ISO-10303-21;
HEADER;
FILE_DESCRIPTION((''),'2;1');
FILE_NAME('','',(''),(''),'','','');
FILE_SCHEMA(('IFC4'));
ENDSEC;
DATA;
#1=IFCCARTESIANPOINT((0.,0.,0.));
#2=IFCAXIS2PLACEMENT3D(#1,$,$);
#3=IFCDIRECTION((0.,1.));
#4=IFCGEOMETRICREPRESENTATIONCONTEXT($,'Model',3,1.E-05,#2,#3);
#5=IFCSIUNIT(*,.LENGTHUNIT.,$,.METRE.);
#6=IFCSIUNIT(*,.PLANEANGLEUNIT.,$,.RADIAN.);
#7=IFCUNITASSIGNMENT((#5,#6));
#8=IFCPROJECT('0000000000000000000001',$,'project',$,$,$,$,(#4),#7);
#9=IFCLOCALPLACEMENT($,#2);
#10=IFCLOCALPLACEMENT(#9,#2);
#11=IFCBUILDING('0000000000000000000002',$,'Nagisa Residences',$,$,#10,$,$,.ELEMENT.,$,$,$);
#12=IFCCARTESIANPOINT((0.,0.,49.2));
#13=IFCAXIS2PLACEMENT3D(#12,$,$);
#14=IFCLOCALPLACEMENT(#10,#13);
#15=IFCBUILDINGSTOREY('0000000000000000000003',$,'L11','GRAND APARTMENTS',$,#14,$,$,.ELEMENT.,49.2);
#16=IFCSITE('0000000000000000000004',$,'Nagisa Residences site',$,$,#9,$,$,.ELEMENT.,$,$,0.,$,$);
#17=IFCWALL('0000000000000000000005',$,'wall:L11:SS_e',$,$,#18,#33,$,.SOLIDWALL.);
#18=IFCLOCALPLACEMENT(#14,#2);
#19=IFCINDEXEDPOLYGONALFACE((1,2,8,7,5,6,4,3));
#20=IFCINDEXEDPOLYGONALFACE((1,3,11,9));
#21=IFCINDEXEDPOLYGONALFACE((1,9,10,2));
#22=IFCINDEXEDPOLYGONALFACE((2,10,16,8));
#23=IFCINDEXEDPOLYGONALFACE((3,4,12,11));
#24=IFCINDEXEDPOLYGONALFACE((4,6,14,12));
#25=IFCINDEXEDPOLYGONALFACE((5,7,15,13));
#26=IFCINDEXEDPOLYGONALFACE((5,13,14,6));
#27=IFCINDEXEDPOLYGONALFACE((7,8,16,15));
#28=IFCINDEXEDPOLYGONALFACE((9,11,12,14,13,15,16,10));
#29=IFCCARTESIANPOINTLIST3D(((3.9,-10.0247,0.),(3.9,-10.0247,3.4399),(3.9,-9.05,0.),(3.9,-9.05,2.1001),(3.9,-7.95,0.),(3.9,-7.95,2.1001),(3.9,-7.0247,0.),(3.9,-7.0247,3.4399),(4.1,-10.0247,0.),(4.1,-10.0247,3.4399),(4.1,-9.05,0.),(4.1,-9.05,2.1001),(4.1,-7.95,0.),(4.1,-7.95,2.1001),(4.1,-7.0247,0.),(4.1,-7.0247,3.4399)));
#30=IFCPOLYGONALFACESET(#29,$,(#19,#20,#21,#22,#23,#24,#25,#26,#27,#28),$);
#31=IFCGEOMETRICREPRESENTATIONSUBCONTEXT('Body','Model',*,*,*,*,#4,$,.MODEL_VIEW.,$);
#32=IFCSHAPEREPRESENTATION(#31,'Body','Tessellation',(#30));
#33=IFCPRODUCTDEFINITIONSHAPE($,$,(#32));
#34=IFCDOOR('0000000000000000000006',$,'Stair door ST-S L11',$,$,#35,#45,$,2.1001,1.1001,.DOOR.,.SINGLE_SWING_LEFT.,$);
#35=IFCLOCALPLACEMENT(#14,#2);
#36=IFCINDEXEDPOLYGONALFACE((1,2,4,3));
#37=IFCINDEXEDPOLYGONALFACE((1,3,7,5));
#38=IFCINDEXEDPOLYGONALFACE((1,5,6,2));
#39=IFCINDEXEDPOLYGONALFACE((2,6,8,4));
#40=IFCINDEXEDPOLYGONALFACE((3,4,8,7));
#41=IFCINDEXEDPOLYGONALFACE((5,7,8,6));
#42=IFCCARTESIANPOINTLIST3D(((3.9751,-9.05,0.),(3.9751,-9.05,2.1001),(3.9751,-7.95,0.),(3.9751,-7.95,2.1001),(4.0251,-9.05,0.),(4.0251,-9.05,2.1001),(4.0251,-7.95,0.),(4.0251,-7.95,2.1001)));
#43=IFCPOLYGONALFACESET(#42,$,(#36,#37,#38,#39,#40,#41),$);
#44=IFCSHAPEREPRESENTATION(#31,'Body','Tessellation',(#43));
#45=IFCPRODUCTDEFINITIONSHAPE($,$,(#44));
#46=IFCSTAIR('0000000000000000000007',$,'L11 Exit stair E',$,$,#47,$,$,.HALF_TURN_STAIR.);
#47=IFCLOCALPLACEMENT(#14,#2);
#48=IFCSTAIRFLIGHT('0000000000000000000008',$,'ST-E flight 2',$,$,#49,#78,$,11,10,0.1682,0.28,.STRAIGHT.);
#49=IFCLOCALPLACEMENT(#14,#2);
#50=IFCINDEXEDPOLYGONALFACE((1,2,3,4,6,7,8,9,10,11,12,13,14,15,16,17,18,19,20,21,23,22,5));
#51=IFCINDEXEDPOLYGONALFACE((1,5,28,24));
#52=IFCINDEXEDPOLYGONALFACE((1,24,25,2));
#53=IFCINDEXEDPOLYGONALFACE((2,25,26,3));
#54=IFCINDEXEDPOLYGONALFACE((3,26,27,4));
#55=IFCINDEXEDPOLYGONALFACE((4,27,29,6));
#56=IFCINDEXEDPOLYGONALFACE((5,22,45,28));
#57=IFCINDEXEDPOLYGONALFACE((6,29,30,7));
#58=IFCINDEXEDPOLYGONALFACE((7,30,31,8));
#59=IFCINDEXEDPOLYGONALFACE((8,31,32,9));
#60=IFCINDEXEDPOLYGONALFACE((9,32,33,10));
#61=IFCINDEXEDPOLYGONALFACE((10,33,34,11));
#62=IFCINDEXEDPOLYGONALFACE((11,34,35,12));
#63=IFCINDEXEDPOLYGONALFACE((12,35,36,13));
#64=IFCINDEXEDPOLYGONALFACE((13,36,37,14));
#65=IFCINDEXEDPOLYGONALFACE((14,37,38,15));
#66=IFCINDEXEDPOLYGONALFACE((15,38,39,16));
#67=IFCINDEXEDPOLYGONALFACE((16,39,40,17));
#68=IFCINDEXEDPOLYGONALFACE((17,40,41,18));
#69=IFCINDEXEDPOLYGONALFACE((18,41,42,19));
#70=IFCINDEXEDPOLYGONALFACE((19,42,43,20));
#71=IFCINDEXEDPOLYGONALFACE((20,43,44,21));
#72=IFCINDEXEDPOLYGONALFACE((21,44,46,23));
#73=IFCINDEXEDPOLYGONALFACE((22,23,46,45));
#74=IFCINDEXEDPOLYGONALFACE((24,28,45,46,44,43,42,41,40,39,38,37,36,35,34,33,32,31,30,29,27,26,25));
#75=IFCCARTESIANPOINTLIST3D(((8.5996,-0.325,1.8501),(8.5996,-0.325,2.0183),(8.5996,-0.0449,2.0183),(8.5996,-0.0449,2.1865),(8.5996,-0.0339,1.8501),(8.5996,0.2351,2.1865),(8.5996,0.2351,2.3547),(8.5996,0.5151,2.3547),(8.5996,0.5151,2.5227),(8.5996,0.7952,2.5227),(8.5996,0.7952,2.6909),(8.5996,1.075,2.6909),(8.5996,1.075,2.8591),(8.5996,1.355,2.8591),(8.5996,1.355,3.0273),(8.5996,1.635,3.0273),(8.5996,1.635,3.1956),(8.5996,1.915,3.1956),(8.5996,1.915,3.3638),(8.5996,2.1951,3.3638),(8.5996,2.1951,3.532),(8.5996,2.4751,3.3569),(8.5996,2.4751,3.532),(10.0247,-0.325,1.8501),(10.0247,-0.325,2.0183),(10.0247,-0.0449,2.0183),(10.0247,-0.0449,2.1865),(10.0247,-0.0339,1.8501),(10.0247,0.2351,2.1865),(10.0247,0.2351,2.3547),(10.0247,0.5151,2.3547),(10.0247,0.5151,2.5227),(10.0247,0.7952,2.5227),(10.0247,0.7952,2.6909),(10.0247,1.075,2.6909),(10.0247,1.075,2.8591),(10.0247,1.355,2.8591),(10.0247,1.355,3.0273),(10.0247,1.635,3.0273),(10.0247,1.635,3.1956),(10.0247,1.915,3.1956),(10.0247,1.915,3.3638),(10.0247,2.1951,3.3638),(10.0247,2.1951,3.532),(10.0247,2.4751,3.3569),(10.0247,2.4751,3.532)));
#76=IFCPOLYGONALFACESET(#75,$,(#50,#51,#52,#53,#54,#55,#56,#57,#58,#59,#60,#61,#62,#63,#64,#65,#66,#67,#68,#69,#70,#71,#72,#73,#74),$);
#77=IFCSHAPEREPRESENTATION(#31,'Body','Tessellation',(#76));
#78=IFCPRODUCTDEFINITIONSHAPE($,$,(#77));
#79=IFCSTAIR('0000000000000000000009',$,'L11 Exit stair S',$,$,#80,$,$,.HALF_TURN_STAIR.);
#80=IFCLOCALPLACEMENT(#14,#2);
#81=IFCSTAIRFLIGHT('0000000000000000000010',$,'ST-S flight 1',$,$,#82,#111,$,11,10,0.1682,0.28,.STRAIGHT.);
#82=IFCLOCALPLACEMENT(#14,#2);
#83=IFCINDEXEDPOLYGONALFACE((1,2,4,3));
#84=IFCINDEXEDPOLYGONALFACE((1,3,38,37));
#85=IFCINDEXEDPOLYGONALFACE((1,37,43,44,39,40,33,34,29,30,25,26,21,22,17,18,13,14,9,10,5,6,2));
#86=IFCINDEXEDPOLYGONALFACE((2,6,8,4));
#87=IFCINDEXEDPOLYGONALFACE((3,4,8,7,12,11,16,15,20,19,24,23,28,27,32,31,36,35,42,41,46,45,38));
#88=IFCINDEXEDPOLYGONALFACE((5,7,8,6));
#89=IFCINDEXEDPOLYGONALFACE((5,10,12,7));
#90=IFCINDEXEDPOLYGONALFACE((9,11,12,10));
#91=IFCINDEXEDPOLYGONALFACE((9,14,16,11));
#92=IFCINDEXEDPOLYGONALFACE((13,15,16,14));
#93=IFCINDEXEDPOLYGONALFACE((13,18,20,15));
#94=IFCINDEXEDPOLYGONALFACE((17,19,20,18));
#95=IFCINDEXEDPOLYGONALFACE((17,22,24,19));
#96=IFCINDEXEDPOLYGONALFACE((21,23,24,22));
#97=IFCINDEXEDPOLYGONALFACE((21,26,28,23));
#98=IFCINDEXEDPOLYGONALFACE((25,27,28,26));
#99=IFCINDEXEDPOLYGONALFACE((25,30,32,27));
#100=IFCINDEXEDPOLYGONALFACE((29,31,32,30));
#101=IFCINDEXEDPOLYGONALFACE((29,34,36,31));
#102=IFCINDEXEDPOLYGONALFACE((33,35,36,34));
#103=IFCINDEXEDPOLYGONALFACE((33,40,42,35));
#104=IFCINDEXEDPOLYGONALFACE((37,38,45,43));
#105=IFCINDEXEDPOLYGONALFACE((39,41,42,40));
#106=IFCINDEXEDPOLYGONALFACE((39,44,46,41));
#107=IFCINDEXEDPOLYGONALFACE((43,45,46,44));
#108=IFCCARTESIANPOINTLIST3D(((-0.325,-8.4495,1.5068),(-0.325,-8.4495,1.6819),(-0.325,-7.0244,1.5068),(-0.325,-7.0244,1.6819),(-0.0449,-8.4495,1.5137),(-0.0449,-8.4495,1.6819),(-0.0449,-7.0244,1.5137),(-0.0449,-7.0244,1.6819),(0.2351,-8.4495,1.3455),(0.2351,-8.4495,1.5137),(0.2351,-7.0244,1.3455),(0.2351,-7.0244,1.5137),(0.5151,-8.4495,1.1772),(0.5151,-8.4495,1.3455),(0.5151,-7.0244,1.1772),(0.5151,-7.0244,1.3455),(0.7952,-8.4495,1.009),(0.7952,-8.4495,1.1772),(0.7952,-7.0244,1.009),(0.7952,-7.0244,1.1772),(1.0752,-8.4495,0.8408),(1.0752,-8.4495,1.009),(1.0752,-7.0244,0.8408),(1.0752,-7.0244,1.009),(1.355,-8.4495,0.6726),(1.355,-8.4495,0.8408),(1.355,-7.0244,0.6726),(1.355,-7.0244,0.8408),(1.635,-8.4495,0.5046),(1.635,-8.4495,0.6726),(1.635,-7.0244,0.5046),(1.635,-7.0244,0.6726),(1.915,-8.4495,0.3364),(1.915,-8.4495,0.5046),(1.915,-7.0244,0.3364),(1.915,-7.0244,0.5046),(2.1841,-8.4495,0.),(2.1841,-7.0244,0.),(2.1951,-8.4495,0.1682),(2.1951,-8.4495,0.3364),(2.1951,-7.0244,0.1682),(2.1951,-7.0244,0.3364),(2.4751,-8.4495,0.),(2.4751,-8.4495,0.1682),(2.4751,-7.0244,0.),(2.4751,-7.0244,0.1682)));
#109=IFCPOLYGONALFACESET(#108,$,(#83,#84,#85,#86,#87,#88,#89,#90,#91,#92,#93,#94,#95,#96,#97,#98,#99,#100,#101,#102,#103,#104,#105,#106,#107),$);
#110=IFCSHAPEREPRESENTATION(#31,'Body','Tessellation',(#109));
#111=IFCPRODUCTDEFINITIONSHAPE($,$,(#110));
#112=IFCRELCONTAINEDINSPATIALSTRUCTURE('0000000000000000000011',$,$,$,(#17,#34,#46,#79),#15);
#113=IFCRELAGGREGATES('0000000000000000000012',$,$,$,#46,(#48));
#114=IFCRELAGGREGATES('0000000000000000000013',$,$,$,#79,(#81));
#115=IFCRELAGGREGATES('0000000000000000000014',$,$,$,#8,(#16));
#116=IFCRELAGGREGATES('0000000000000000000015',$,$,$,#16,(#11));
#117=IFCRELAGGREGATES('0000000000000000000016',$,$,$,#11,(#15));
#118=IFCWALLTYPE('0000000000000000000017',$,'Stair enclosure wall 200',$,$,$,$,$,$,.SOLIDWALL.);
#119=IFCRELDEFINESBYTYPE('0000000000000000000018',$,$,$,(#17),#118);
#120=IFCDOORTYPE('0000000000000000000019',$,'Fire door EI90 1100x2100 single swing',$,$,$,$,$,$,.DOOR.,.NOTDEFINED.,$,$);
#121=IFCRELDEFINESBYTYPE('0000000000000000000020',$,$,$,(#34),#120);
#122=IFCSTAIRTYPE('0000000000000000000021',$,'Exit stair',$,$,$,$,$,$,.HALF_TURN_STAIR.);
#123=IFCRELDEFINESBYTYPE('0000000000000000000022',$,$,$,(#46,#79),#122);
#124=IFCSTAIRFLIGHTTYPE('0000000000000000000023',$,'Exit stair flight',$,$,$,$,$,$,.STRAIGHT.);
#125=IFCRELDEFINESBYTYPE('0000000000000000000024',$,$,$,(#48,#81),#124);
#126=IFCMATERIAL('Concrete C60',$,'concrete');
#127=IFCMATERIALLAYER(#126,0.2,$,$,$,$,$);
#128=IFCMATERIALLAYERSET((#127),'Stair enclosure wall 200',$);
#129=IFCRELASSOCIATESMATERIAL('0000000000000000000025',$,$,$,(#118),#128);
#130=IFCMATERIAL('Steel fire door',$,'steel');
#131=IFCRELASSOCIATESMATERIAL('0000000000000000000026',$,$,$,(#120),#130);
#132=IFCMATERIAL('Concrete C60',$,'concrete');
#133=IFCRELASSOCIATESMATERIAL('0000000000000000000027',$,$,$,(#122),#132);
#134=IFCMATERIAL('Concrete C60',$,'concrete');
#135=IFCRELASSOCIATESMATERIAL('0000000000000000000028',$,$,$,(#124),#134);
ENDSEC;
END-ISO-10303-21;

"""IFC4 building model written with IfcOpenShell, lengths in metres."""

from ifc_helpers import new_model, si_unit, direction, frame, frame_2d, origin, place, context, subcontext, project, spatial, polyline, rectangle, outline, extrude, material, layer, layer_set, type_object, element, fill, aggregate, save


model = new_model("IFC4")

# Units and contexts
model_context = context("Model", 3, precision=1e-05, world=origin(), true_north=direction((0.0, 1.0)))
body_context = subcontext(model_context, "Body", "Model", "MODEL_VIEW")
ifc_project = project(units=[si_unit("LENGTHUNIT", "METRE"), si_unit("PLANEANGLEUNIT", "RADIAN")], contexts=[model_context])

# Site, building, storey
site_placement = place(None, origin())
site = spatial("IfcSite", under=ifc_project, at=site_placement, Name="Nagisa Residences site", CompositionType="ELEMENT", RefElevation=0.0)
building_placement = place(site_placement, origin())
building = spatial("IfcBuilding", under=site, at=building_placement, Name="Nagisa Residences", CompositionType="ELEMENT")
storey_placement = place(building_placement, frame((0.0, 0.0, 49.2)))
storey = spatial("IfcBuildingStorey", under=building, at=storey_placement, Name="L11", Description="GRAND APARTMENTS", CompositionType="ELEMENT", Elevation=49.2)

# Wall, opening, door
ifc_material_1 = material(Name="Concrete C60", Category="concrete")
ifc_layer_1 = layer(ifc_material_1, 0.2)
ifc_layer_set_1 = layer_set([ifc_layer_1], Name="Stair enclosure wall 200")
wall_type_1 = type_object("IfcWallType", Name="Stair enclosure wall 200", PredefinedType="SOLIDWALL", material=ifc_layer_set_1)
wall_1_placement = place(storey_placement, frame((4.0, -10.0247, 0.0), z_axis=(0.0, 0.0, 1.0), x_axis=(0.0, 1.0, 0.0)))
wall_1 = element("IfcWall", 1, at=wall_1_placement, inside=storey, type_object=wall_type_1, Name="wall:L11:SS_e", PredefinedType="SOLIDWALL", context=body_context, shape_type="SweptSolid", body=[
    extrude(rectangle(XDim=3.0, YDim=0.2, at=frame_2d((1.5, 0.0))), origin(), (0.0, 0.0, 1.0), 3.4399),
])
opening_1_placement = place(wall_1_placement, frame((0.9746, 0.0, 0.0)))
opening_1 = element("IfcOpeningElement", 2, at=opening_1_placement, cuts=wall_1, PredefinedType="OPENING", context=body_context, shape_type="SweptSolid", body=[
    extrude(rectangle(XDim=1.1001, YDim=2.1001, at=frame_2d((0.55, 1.05))), frame((0.0, 0.1099, 0.0), z_axis=(0.0, -1.0, 0.0), x_axis=(1.0, 0.0, 0.0)), (0.0, 0.0, 1.0), 0.22),
])
ifc_material_2 = material(Name="Steel fire door", Category="steel")
door_type_1 = type_object("IfcDoorType", Name="Fire door EI90 1100x2100 single swing", OperationType="NOTDEFINED", PredefinedType="DOOR", material=ifc_material_2)
door_1_placement = place(opening_1_placement, origin())
door_1 = element("IfcDoor", 3, at=door_1_placement, inside=storey, type_object=door_type_1, Name="Stair door ST-S L11", OperationType="SINGLE_SWING_LEFT", OverallHeight=2.1001, OverallWidth=1.1001, PredefinedType="DOOR", context=body_context, shape_type="SweptSolid", body=[
    extrude(rectangle(XDim=1.1001, YDim=2.1001, at=frame_2d((0.55, 1.05))), frame((0.0, 0.0249, 0.0), z_axis=(0.0, -1.0, 0.0), x_axis=(1.0, 0.0, 0.0)), (0.0, 0.0, 1.0), 0.05),
])
fill(opening_1, door_1)

# Stairs, stair flights
ifc_material_3 = material(Name="Concrete C60", Category="concrete")
stair_type = type_object("IfcStairType", Name="Exit stair", PredefinedType="HALF_TURN_STAIR", material=ifc_material_3)
stair_1_placement = place(storey_placement, origin())
stair_1 = element("IfcStair", 4, at=stair_1_placement, inside=storey, type_object=stair_type, Name="L11 Exit stair E", PredefinedType="HALF_TURN_STAIR")
ifc_material_4 = material(Name="Concrete C60", Category="concrete")
stair_flight_type = type_object("IfcStairFlightType", Name="Exit stair flight", PredefinedType="STRAIGHT", material=ifc_material_4)
stair_flight_1_placement = place(storey_placement, frame((9.312, -0.325, 1.8501), z_axis=(0.0, 0.0, 1.0), x_axis=(0.0, 1.0, 0.0)))
stair_flight_1 = element("IfcStairFlight", 5, at=stair_flight_1_placement, type_object=stair_flight_type, Name="ST-E flight 2", NumberOfRisers=11, NumberOfTreads=10, PredefinedType="STRAIGHT", RiserHeight=0.1682, TreadLength=0.28, context=body_context, shape_type="SweptSolid", body=[
    extrude(outline(polyline([(0.0, 0.0), (0.0, 0.1682), (0.28, 0.1682), (0.28, 0.3364), (0.5601, 0.3364), (0.5601, 0.5046), (0.8401, 0.5046), (0.8401, 0.6726), (1.1201, 0.6726), (1.1201, 0.8408), (1.3999, 0.8408), (1.3999, 1.009), (1.6799, 1.009), (1.6799, 1.1772), (1.96, 1.1772), (1.96, 1.3455), (2.24, 1.3455), (2.24, 1.5137), (2.52, 1.5137), (2.52, 1.6819), (2.8, 1.6819), (2.8, 1.8501), (2.8, 1.5068), (0.291, 0.0), (0.0, 0.0)])), frame((0.0, 0.7124, 0.0), z_axis=(0.0, -1.0, 0.0), x_axis=(1.0, 0.0, 0.0)), (0.0, 0.0, 1.0), 1.425),
])
aggregate(stair_1, [stair_flight_1])
stair_2_placement = place(storey_placement, origin())
stair_2 = element("IfcStair", 6, at=stair_2_placement, inside=storey, type_object=stair_type, Name="L11 Exit stair S", PredefinedType="HALF_TURN_STAIR")
stair_flight_2_placement = place(storey_placement, frame((2.4751, -7.7371, 0.0), z_axis=(0.0, 0.0, 1.0), x_axis=(-1.0, 0.0, 0.0)))
stair_flight_2 = element("IfcStairFlight", 7, at=stair_flight_2_placement, type_object=stair_flight_type, Name="ST-S flight 1", NumberOfRisers=11, NumberOfTreads=10, PredefinedType="STRAIGHT", RiserHeight=0.1682, TreadLength=0.28, context=body_context, shape_type="SweptSolid", body=[
    extrude(outline(polyline([(0.0, 0.0), (0.0, 0.1682), (0.28, 0.1682), (0.28, 0.3364), (0.5601, 0.3364), (0.5601, 0.5046), (0.8401, 0.5046), (0.8401, 0.6726), (1.1201, 0.6726), (1.1201, 0.8408), (1.3999, 0.8408), (1.3999, 1.009), (1.6799, 1.009), (1.6799, 1.1772), (1.96, 1.1772), (1.96, 1.3455), (2.24, 1.3455), (2.24, 1.5137), (2.52, 1.5137), (2.52, 1.6819), (2.8, 1.6819), (2.8, 1.8501), (2.8, 1.5068), (0.291, 0.0), (0.0, 0.0)])), frame((0.0, 0.7124, 0.0), z_axis=(0.0, -1.0, 0.0), x_axis=(1.0, 0.0, 0.0)), (0.0, 0.0, 1.0), 1.425),
])
aggregate(stair_2, [stair_flight_2])

save(model, "model.ifc")
